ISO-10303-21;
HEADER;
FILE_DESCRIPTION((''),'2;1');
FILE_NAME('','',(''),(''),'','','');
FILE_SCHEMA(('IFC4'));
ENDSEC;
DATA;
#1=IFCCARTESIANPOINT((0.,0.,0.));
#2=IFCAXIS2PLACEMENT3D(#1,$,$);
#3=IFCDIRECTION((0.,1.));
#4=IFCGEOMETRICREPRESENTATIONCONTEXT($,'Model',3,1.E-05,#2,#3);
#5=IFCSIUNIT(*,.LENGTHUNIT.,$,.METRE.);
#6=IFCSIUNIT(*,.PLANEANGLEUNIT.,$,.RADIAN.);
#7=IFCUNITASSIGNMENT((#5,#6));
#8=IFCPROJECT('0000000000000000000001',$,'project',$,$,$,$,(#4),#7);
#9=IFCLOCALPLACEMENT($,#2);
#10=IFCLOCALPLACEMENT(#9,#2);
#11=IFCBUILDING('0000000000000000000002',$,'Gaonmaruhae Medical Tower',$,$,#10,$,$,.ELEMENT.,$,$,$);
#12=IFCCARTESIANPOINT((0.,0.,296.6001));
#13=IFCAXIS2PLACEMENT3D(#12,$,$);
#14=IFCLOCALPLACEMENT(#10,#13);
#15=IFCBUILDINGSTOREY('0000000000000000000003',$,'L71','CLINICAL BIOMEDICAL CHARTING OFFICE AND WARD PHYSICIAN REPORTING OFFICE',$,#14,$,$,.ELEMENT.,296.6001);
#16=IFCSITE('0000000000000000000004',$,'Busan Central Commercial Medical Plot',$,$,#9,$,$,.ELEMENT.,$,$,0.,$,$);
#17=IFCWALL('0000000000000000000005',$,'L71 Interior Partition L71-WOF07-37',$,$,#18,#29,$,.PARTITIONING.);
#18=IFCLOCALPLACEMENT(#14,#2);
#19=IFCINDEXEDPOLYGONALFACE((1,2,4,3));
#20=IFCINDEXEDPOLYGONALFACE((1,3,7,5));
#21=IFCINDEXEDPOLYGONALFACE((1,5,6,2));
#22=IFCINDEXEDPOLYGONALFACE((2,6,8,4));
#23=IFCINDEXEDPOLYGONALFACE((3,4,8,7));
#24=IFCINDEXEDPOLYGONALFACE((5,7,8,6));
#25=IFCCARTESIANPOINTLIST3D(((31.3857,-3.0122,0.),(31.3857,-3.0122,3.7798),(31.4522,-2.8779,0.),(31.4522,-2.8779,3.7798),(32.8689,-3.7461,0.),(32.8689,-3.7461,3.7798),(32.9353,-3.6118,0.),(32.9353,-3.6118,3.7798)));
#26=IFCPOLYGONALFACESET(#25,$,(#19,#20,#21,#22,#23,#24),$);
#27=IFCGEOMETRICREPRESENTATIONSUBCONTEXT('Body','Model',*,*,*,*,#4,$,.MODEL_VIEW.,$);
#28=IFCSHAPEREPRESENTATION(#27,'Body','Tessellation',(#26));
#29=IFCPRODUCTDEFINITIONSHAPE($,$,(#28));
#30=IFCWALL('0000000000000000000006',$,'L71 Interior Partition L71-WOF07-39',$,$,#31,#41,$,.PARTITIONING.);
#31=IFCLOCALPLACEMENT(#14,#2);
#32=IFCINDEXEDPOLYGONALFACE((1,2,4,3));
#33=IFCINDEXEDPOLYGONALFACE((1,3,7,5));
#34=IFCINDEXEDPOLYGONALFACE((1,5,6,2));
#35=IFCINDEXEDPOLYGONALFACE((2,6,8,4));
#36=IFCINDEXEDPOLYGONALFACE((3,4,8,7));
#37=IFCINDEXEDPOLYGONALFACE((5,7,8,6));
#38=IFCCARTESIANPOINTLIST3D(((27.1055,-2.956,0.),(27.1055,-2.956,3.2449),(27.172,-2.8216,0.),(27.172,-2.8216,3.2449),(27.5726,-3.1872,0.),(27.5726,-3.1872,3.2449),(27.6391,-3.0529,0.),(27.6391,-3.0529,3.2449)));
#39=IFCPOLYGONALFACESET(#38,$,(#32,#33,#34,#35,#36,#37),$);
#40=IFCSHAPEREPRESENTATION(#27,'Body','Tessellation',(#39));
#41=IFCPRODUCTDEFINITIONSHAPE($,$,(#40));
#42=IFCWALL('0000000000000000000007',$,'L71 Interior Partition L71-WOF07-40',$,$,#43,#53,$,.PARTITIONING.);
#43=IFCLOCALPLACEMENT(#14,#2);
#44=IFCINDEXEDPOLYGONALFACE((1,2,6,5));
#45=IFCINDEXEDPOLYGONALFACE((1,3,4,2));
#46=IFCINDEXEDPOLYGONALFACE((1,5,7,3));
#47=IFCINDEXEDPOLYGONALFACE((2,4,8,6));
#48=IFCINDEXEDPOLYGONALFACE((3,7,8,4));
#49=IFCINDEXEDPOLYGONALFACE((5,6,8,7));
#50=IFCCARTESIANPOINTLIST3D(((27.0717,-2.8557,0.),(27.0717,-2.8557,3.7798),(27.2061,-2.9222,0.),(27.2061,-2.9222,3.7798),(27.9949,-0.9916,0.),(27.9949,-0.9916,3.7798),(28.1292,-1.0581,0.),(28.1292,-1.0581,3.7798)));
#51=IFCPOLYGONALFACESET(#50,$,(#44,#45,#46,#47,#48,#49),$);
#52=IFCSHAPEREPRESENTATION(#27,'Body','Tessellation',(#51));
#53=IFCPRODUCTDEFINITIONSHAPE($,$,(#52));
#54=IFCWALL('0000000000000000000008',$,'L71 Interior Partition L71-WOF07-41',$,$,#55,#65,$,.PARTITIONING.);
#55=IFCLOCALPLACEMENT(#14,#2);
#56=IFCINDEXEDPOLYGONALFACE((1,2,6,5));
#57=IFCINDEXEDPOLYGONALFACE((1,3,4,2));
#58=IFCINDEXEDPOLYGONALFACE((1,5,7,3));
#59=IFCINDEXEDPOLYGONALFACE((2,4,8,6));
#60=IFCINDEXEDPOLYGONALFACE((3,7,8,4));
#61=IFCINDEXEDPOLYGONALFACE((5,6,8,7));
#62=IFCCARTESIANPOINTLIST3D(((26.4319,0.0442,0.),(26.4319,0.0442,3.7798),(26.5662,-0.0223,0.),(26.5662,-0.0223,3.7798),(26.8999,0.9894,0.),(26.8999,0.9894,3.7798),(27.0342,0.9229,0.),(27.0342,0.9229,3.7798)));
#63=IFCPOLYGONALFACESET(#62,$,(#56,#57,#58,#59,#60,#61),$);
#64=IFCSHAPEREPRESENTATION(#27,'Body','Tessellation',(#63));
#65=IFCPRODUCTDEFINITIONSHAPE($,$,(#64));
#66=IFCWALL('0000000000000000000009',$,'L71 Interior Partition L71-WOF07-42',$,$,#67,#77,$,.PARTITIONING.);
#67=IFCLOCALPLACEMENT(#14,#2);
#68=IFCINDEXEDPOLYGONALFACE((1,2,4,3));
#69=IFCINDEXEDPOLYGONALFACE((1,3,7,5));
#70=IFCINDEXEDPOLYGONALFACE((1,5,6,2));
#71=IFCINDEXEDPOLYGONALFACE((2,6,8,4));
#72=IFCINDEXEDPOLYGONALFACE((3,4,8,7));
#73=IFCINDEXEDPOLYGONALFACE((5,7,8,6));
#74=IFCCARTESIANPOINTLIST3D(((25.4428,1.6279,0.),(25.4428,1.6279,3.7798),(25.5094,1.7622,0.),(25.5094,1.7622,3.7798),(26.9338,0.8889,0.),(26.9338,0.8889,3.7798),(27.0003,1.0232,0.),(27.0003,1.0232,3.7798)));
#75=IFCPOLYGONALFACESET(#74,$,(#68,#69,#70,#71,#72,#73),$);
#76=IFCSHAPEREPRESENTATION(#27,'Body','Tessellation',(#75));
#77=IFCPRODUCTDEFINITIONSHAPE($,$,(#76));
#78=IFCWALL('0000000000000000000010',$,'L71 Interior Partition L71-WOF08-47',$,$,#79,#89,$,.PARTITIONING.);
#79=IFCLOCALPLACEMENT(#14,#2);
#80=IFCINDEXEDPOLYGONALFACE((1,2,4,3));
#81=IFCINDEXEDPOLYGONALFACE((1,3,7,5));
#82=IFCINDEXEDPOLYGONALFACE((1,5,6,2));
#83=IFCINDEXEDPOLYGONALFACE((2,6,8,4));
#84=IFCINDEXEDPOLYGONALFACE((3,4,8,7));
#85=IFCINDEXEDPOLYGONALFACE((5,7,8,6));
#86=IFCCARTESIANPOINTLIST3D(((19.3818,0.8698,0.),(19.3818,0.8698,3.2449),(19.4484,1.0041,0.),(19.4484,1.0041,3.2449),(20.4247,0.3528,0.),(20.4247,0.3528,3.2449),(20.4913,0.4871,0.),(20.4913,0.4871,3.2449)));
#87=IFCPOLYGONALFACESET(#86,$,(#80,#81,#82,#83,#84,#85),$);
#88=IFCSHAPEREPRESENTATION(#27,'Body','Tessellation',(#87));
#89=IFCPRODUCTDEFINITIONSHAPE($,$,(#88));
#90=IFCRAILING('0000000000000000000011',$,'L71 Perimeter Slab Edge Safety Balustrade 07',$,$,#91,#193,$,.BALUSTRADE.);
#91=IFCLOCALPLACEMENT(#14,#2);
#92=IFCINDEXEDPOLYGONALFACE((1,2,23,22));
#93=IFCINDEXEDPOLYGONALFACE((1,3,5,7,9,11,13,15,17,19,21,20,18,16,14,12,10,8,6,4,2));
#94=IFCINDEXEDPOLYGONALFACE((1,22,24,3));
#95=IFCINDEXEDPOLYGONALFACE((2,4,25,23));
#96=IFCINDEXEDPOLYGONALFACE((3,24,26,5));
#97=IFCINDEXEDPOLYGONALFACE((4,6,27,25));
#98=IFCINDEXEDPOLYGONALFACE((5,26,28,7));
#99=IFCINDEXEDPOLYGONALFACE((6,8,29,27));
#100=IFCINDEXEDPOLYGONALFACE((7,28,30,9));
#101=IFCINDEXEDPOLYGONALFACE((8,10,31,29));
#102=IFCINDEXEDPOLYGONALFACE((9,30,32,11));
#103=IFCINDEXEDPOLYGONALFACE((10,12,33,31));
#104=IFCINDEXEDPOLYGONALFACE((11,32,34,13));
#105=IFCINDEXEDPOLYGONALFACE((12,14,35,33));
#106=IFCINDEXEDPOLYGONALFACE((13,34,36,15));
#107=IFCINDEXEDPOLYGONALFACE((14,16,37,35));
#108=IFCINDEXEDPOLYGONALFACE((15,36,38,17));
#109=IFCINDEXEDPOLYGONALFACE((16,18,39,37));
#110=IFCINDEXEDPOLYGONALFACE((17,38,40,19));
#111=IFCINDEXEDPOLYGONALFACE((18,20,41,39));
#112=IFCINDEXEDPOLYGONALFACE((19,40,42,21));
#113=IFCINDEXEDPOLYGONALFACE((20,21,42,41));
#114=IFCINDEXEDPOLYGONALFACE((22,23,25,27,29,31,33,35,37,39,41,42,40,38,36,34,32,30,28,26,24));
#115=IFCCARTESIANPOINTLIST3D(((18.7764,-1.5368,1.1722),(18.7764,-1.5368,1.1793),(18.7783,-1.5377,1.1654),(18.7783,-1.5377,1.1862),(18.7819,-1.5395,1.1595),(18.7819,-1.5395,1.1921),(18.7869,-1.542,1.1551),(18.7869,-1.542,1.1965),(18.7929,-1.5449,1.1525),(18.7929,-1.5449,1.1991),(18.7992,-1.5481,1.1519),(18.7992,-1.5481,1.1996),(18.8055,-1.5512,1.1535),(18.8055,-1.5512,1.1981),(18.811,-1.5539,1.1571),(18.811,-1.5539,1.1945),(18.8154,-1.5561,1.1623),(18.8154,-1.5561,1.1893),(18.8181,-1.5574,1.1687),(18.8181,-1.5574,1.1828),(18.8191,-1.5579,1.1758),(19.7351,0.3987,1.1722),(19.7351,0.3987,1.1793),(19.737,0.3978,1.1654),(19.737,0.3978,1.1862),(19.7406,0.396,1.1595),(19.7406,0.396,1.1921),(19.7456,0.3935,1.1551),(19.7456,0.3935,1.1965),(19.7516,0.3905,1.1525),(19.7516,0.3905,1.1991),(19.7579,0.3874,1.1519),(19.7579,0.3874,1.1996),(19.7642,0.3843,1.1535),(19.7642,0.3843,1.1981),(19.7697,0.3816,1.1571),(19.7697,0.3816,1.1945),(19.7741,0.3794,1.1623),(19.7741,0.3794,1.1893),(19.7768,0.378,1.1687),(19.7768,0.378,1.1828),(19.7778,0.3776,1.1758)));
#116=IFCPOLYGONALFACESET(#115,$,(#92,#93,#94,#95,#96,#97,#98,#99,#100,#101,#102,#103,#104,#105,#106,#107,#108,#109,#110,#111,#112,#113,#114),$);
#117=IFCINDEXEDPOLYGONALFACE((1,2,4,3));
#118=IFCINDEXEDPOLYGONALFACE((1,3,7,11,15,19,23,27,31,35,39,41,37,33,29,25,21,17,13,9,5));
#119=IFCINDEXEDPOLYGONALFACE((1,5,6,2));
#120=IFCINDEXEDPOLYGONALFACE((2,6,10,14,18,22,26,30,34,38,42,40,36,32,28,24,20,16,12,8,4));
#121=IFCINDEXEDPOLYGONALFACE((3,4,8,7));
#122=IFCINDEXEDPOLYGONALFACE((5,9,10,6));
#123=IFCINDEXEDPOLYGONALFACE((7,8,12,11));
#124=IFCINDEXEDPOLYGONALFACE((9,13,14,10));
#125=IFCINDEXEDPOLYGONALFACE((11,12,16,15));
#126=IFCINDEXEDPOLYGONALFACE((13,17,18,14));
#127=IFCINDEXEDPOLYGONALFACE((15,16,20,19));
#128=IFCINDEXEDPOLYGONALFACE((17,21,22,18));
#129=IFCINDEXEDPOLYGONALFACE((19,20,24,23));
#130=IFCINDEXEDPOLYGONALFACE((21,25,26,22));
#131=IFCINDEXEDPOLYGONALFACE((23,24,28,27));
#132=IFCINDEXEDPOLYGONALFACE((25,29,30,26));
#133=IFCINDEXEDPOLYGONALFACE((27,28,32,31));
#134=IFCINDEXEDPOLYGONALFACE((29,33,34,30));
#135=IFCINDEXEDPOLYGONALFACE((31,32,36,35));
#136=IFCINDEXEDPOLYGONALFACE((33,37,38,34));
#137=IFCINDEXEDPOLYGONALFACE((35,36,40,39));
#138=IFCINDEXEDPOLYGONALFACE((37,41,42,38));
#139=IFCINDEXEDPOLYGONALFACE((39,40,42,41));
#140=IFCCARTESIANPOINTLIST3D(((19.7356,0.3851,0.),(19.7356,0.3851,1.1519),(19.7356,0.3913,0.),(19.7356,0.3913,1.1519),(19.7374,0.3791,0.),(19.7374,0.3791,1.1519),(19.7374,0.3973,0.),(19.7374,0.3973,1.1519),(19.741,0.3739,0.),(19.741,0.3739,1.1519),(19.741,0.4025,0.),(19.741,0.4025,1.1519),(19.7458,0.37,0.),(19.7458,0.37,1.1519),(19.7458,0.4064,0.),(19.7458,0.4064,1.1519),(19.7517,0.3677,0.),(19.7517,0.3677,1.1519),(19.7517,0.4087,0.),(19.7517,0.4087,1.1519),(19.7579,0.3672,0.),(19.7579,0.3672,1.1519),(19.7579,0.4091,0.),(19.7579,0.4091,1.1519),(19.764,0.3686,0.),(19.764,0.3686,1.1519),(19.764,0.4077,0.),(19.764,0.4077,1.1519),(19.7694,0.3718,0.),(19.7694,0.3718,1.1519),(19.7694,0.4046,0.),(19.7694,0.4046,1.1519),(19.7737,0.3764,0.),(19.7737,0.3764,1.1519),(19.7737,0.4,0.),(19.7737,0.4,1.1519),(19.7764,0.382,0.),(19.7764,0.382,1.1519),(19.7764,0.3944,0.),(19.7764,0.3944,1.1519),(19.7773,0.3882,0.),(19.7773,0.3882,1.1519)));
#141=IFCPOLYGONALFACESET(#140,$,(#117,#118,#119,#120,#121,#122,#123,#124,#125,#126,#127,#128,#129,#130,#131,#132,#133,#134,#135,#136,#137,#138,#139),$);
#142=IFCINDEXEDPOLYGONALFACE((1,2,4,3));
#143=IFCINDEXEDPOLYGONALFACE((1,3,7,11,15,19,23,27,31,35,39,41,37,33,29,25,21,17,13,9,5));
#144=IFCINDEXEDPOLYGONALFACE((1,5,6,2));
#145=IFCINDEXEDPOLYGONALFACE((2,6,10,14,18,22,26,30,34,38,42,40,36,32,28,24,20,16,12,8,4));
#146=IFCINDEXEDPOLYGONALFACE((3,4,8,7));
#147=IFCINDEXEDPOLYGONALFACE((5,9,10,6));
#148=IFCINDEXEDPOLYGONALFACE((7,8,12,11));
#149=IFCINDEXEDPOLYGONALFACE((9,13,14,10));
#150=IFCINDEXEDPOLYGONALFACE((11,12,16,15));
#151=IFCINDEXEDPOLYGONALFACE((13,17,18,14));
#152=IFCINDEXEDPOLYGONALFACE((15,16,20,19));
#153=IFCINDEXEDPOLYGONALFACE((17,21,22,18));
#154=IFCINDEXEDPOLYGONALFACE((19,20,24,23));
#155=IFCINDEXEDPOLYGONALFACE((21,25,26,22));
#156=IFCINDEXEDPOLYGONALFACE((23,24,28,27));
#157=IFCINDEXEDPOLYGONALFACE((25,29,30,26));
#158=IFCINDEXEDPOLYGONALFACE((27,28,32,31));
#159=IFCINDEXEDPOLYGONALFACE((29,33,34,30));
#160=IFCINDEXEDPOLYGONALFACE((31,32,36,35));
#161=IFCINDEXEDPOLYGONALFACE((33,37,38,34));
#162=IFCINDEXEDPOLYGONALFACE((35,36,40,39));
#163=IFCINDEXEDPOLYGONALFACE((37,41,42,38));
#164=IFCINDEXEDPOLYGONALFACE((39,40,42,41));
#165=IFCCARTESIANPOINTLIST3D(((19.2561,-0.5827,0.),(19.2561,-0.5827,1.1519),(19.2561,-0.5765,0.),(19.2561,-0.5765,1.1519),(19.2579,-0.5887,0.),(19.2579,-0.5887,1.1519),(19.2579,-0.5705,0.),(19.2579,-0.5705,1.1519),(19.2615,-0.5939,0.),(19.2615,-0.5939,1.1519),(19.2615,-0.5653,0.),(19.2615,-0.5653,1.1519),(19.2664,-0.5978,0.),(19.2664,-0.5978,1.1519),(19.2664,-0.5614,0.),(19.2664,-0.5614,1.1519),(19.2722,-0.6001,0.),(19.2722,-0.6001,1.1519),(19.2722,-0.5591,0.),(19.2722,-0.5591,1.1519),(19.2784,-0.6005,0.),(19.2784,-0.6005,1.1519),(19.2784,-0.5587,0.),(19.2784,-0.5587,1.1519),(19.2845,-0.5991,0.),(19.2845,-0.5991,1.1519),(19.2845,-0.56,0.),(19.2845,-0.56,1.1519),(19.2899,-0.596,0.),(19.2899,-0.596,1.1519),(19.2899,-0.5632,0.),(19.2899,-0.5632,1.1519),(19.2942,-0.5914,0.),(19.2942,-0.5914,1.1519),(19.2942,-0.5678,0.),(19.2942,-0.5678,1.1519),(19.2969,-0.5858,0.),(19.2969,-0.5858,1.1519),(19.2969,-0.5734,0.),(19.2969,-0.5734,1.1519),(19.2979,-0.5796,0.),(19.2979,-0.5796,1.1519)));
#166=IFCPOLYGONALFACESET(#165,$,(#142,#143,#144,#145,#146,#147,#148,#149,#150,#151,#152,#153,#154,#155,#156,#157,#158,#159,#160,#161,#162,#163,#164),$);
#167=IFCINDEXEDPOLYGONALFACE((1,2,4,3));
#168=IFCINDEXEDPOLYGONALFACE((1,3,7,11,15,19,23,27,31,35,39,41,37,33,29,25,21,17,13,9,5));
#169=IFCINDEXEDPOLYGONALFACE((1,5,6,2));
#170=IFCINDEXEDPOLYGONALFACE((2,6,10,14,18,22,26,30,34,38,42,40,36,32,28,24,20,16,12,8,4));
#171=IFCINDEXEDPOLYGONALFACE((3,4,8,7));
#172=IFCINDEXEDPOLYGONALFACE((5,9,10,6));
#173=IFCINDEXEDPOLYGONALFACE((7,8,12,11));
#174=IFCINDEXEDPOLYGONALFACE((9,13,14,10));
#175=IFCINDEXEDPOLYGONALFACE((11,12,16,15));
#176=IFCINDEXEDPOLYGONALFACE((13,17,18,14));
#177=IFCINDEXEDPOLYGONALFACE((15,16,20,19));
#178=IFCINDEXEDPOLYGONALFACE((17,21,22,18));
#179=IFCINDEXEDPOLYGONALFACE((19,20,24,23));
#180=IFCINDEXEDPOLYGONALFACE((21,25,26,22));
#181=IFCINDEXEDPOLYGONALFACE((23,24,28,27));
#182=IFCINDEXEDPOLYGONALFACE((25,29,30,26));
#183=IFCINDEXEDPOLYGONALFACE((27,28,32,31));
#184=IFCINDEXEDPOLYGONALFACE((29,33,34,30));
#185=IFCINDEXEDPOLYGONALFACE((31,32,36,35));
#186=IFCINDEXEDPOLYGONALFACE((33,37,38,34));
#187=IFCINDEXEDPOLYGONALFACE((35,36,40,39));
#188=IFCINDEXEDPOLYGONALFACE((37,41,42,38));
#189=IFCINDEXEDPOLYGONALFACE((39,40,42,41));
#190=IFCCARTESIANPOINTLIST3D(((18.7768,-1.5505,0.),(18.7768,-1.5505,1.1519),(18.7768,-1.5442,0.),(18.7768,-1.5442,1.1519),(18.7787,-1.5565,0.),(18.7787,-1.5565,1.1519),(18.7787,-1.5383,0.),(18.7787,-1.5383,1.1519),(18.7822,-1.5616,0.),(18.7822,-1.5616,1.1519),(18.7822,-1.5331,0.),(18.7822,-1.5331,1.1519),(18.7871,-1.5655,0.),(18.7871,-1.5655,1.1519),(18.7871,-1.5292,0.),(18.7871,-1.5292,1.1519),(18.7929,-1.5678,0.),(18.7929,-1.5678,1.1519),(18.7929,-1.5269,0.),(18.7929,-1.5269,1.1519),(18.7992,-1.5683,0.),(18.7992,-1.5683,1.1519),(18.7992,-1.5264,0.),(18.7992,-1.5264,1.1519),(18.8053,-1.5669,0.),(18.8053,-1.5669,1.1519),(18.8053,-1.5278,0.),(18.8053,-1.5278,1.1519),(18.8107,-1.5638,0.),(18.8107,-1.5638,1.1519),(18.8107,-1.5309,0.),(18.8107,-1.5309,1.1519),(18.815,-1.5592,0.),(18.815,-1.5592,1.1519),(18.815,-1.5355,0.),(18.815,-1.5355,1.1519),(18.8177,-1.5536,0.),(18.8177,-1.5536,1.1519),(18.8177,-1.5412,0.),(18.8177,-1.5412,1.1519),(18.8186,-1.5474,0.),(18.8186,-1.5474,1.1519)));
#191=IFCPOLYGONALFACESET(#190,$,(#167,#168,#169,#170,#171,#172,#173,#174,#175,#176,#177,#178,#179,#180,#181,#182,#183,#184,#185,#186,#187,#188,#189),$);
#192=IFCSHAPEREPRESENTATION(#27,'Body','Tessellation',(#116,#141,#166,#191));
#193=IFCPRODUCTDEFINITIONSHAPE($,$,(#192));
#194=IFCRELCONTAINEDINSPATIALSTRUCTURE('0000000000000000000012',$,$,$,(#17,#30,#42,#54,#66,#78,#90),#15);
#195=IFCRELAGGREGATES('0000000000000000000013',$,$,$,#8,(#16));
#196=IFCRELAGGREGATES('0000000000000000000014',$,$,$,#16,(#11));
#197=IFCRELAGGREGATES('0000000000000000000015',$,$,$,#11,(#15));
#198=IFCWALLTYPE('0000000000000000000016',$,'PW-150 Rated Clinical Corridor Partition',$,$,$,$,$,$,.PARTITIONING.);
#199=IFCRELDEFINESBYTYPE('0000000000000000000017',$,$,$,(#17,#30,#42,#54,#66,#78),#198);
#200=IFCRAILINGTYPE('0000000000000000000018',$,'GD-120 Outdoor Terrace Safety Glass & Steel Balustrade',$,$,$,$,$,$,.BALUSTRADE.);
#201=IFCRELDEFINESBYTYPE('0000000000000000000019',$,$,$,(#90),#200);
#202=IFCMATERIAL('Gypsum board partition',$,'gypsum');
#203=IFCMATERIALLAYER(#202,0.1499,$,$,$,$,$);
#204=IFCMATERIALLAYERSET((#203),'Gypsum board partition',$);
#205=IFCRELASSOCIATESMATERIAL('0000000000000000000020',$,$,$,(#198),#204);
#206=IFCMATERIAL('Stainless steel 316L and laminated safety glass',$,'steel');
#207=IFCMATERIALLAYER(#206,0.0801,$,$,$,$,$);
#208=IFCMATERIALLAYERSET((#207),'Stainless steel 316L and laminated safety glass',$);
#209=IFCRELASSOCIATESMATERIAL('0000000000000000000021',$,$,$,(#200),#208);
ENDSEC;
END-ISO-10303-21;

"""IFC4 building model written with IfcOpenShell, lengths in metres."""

from ifc_helpers import new_model, si_unit, direction, frame, frame_2d, origin, origin_2d, place, context, subcontext, project, spatial, rectangle, circle, extrude, material, layer, layer_set, type_object, element, save


model = new_model("IFC4")

# Units and contexts
model_context = context("Model", 3, precision=1e-05, world=origin(), true_north=direction((0.0, 1.0)))
body_context = subcontext(model_context, "Body", "Model", "MODEL_VIEW")
ifc_project = project(units=[si_unit("LENGTHUNIT", "METRE"), si_unit("PLANEANGLEUNIT", "RADIAN")], contexts=[model_context])

# Site, building, storey
site_placement = place(None, origin())
site = spatial("IfcSite", under=ifc_project, at=site_placement, Name="Busan Central Commercial Medical Plot", CompositionType="ELEMENT", RefElevation=0.0)
building_placement = place(site_placement, origin())
building = spatial("IfcBuilding", under=site, at=building_placement, Name="Gaonmaruhae Medical Tower", CompositionType="ELEMENT")
storey_placement = place(building_placement, frame((0.0, 0.0, 296.6001)))
storey = spatial("IfcBuildingStorey", under=building, at=storey_placement, Name="L71", Description="CLINICAL BIOMEDICAL CHARTING OFFICE AND WARD PHYSICIAN REPORTING OFFICE", CompositionType="ELEMENT", Elevation=296.6001)

# Walls
ifc_material_1 = material(Name="Gypsum board partition", Category="gypsum")
ifc_layer_1 = layer(ifc_material_1, 0.1499)
ifc_layer_set_1 = layer_set([ifc_layer_1], Name="Gypsum board partition")
wall_type_1 = type_object("IfcWallType", Name="PW-150 Rated Clinical Corridor Partition", PredefinedType="PARTITIONING", material=ifc_layer_set_1)
wall_1_placement = place(storey_placement, frame((31.4189, -2.9451, 0.0), z_axis=(0.0, 0.0, 1.0), x_axis=(0.896278, -0.443492, 0.0)))
element("IfcWall", 1, at=wall_1_placement, inside=storey, type_object=wall_type_1, Name="L71 Interior Partition L71-WOF07-37", PredefinedType="PARTITIONING", context=body_context, shape_type="SweptSolid", body=[
    extrude(rectangle(XDim=1.6548, YDim=0.1499, at=frame_2d((0.8274, 0.0))), origin(), (0.0, 0.0, 1.0), 3.7798),
])
wall_2_placement = place(storey_placement, frame((27.606, -3.1201, 0.0), z_axis=(0.0, 0.0, 1.0), x_axis=(-0.8962, 0.44365, 0.0)))
element("IfcWall", 2, at=wall_2_placement, inside=storey, type_object=wall_type_1, Name="L71 Interior Partition L71-WOF07-39", PredefinedType="PARTITIONING", context=body_context, shape_type="SweptSolid", body=[
    extrude(rectangle(XDim=0.5212, YDim=0.1499, at=frame_2d((0.2607, 0.0))), origin(), (0.0, 0.0, 1.0), 3.2449),
])
wall_3_placement = place(storey_placement, frame((27.1389, -2.8889, 0.0), z_axis=(0.0, 0.0, 1.0), x_axis=(0.443783, 0.896134, 0.0)))
element("IfcWall", 3, at=wall_3_placement, inside=storey, type_object=wall_type_1, Name="L71 Interior Partition L71-WOF07-40", PredefinedType="PARTITIONING", context=body_context, shape_type="SweptSolid", body=[
    extrude(rectangle(XDim=2.0801, YDim=0.1499, at=frame_2d((1.04, 0.0))), origin(), (0.0, 0.0, 1.0), 3.7798),
])
wall_4_placement = place(storey_placement, frame((26.499, 0.011, 0.0), z_axis=(0.0, 0.0, 1.0), x_axis=(0.443784, 0.896134, 0.0)))
element("IfcWall", 4, at=wall_4_placement, inside=storey, type_object=wall_type_1, Name="L71 Interior Partition L71-WOF07-41", PredefinedType="PARTITIONING", context=body_context, shape_type="SweptSolid", body=[
    extrude(rectangle(XDim=1.0547, YDim=0.1499, at=frame_2d((0.5273, 0.0))), origin(), (0.0, 0.0, 1.0), 3.7798),
])
wall_5_placement = place(storey_placement, frame((26.967, 0.9561, 0.0), z_axis=(0.0, 0.0, 1.0), x_axis=(-0.895977, 0.444101, 0.0)))
element("IfcWall", 5, at=wall_5_placement, inside=storey, type_object=wall_type_1, Name="L71 Interior Partition L71-WOF07-42", PredefinedType="PARTITIONING", context=body_context, shape_type="SweptSolid", body=[
    extrude(rectangle(XDim=1.6641, YDim=0.1499, at=frame_2d((0.832, 0.0))), origin(), (0.0, 0.0, 1.0), 3.7798),
])
wall_6_placement = place(storey_placement, frame((20.458, 0.4199, 0.0), z_axis=(0.0, 0.0, 1.0), x_axis=(-0.895932, 0.444191, 0.0)))
element("IfcWall", 6, at=wall_6_placement, inside=storey, type_object=wall_type_1, Name="L71 Interior Partition L71-WOF08-47", PredefinedType="PARTITIONING", context=body_context, shape_type="SweptSolid", body=[
    extrude(rectangle(XDim=1.1641, YDim=0.1499, at=frame_2d((0.582, 0.0))), origin(), (0.0, 0.0, 1.0), 3.2449),
])

# Railing
ifc_material_2 = material(Name="Stainless steel 316L and laminated safety glass", Category="steel")
ifc_layer_2 = layer(ifc_material_2, 0.0801)
ifc_layer_set_2 = layer_set([ifc_layer_2], Name="Stainless steel 316L and laminated safety glass")
railing_type = type_object("IfcRailingType", Name="GD-120 Outdoor Terrace Safety Glass & Steel Balustrade", PredefinedType="BALUSTRADE", material=ifc_layer_set_2)
railing_1_placement = place(storey_placement, frame((19.7563, 0.3882, 0.0)))
element("IfcRailing", 7, at=railing_1_placement, inside=storey, type_object=railing_type, Name="L71 Perimeter Slab Edge Safety Balustrade 07", PredefinedType="BALUSTRADE", context=body_context, shape_type="SweptSolid", body=[
    extrude(circle(Radius=0.0239, at=origin_2d()), frame((0.0, 0.0, 1.1758), z_axis=(-0.443865, -0.896094, 0.0), x_axis=(0.896094, -0.443865, 0.0)), (0.0, 0.0, 1.0), 2.1599),
    extrude(circle(Radius=0.021, at=origin_2d()), origin(), (0.0, 0.0, 1.0), 1.1519),
    extrude(circle(Radius=0.021, at=origin_2d()), frame((-0.4795, -0.9678, 0.0)), (0.0, 0.0, 1.0), 1.1519),
    extrude(circle(Radius=0.021, at=origin_2d()), frame((-0.9587, -1.9355, 0.0)), (0.0, 0.0, 1.0), 1.1519),
])

save(model, "model.ifc")
